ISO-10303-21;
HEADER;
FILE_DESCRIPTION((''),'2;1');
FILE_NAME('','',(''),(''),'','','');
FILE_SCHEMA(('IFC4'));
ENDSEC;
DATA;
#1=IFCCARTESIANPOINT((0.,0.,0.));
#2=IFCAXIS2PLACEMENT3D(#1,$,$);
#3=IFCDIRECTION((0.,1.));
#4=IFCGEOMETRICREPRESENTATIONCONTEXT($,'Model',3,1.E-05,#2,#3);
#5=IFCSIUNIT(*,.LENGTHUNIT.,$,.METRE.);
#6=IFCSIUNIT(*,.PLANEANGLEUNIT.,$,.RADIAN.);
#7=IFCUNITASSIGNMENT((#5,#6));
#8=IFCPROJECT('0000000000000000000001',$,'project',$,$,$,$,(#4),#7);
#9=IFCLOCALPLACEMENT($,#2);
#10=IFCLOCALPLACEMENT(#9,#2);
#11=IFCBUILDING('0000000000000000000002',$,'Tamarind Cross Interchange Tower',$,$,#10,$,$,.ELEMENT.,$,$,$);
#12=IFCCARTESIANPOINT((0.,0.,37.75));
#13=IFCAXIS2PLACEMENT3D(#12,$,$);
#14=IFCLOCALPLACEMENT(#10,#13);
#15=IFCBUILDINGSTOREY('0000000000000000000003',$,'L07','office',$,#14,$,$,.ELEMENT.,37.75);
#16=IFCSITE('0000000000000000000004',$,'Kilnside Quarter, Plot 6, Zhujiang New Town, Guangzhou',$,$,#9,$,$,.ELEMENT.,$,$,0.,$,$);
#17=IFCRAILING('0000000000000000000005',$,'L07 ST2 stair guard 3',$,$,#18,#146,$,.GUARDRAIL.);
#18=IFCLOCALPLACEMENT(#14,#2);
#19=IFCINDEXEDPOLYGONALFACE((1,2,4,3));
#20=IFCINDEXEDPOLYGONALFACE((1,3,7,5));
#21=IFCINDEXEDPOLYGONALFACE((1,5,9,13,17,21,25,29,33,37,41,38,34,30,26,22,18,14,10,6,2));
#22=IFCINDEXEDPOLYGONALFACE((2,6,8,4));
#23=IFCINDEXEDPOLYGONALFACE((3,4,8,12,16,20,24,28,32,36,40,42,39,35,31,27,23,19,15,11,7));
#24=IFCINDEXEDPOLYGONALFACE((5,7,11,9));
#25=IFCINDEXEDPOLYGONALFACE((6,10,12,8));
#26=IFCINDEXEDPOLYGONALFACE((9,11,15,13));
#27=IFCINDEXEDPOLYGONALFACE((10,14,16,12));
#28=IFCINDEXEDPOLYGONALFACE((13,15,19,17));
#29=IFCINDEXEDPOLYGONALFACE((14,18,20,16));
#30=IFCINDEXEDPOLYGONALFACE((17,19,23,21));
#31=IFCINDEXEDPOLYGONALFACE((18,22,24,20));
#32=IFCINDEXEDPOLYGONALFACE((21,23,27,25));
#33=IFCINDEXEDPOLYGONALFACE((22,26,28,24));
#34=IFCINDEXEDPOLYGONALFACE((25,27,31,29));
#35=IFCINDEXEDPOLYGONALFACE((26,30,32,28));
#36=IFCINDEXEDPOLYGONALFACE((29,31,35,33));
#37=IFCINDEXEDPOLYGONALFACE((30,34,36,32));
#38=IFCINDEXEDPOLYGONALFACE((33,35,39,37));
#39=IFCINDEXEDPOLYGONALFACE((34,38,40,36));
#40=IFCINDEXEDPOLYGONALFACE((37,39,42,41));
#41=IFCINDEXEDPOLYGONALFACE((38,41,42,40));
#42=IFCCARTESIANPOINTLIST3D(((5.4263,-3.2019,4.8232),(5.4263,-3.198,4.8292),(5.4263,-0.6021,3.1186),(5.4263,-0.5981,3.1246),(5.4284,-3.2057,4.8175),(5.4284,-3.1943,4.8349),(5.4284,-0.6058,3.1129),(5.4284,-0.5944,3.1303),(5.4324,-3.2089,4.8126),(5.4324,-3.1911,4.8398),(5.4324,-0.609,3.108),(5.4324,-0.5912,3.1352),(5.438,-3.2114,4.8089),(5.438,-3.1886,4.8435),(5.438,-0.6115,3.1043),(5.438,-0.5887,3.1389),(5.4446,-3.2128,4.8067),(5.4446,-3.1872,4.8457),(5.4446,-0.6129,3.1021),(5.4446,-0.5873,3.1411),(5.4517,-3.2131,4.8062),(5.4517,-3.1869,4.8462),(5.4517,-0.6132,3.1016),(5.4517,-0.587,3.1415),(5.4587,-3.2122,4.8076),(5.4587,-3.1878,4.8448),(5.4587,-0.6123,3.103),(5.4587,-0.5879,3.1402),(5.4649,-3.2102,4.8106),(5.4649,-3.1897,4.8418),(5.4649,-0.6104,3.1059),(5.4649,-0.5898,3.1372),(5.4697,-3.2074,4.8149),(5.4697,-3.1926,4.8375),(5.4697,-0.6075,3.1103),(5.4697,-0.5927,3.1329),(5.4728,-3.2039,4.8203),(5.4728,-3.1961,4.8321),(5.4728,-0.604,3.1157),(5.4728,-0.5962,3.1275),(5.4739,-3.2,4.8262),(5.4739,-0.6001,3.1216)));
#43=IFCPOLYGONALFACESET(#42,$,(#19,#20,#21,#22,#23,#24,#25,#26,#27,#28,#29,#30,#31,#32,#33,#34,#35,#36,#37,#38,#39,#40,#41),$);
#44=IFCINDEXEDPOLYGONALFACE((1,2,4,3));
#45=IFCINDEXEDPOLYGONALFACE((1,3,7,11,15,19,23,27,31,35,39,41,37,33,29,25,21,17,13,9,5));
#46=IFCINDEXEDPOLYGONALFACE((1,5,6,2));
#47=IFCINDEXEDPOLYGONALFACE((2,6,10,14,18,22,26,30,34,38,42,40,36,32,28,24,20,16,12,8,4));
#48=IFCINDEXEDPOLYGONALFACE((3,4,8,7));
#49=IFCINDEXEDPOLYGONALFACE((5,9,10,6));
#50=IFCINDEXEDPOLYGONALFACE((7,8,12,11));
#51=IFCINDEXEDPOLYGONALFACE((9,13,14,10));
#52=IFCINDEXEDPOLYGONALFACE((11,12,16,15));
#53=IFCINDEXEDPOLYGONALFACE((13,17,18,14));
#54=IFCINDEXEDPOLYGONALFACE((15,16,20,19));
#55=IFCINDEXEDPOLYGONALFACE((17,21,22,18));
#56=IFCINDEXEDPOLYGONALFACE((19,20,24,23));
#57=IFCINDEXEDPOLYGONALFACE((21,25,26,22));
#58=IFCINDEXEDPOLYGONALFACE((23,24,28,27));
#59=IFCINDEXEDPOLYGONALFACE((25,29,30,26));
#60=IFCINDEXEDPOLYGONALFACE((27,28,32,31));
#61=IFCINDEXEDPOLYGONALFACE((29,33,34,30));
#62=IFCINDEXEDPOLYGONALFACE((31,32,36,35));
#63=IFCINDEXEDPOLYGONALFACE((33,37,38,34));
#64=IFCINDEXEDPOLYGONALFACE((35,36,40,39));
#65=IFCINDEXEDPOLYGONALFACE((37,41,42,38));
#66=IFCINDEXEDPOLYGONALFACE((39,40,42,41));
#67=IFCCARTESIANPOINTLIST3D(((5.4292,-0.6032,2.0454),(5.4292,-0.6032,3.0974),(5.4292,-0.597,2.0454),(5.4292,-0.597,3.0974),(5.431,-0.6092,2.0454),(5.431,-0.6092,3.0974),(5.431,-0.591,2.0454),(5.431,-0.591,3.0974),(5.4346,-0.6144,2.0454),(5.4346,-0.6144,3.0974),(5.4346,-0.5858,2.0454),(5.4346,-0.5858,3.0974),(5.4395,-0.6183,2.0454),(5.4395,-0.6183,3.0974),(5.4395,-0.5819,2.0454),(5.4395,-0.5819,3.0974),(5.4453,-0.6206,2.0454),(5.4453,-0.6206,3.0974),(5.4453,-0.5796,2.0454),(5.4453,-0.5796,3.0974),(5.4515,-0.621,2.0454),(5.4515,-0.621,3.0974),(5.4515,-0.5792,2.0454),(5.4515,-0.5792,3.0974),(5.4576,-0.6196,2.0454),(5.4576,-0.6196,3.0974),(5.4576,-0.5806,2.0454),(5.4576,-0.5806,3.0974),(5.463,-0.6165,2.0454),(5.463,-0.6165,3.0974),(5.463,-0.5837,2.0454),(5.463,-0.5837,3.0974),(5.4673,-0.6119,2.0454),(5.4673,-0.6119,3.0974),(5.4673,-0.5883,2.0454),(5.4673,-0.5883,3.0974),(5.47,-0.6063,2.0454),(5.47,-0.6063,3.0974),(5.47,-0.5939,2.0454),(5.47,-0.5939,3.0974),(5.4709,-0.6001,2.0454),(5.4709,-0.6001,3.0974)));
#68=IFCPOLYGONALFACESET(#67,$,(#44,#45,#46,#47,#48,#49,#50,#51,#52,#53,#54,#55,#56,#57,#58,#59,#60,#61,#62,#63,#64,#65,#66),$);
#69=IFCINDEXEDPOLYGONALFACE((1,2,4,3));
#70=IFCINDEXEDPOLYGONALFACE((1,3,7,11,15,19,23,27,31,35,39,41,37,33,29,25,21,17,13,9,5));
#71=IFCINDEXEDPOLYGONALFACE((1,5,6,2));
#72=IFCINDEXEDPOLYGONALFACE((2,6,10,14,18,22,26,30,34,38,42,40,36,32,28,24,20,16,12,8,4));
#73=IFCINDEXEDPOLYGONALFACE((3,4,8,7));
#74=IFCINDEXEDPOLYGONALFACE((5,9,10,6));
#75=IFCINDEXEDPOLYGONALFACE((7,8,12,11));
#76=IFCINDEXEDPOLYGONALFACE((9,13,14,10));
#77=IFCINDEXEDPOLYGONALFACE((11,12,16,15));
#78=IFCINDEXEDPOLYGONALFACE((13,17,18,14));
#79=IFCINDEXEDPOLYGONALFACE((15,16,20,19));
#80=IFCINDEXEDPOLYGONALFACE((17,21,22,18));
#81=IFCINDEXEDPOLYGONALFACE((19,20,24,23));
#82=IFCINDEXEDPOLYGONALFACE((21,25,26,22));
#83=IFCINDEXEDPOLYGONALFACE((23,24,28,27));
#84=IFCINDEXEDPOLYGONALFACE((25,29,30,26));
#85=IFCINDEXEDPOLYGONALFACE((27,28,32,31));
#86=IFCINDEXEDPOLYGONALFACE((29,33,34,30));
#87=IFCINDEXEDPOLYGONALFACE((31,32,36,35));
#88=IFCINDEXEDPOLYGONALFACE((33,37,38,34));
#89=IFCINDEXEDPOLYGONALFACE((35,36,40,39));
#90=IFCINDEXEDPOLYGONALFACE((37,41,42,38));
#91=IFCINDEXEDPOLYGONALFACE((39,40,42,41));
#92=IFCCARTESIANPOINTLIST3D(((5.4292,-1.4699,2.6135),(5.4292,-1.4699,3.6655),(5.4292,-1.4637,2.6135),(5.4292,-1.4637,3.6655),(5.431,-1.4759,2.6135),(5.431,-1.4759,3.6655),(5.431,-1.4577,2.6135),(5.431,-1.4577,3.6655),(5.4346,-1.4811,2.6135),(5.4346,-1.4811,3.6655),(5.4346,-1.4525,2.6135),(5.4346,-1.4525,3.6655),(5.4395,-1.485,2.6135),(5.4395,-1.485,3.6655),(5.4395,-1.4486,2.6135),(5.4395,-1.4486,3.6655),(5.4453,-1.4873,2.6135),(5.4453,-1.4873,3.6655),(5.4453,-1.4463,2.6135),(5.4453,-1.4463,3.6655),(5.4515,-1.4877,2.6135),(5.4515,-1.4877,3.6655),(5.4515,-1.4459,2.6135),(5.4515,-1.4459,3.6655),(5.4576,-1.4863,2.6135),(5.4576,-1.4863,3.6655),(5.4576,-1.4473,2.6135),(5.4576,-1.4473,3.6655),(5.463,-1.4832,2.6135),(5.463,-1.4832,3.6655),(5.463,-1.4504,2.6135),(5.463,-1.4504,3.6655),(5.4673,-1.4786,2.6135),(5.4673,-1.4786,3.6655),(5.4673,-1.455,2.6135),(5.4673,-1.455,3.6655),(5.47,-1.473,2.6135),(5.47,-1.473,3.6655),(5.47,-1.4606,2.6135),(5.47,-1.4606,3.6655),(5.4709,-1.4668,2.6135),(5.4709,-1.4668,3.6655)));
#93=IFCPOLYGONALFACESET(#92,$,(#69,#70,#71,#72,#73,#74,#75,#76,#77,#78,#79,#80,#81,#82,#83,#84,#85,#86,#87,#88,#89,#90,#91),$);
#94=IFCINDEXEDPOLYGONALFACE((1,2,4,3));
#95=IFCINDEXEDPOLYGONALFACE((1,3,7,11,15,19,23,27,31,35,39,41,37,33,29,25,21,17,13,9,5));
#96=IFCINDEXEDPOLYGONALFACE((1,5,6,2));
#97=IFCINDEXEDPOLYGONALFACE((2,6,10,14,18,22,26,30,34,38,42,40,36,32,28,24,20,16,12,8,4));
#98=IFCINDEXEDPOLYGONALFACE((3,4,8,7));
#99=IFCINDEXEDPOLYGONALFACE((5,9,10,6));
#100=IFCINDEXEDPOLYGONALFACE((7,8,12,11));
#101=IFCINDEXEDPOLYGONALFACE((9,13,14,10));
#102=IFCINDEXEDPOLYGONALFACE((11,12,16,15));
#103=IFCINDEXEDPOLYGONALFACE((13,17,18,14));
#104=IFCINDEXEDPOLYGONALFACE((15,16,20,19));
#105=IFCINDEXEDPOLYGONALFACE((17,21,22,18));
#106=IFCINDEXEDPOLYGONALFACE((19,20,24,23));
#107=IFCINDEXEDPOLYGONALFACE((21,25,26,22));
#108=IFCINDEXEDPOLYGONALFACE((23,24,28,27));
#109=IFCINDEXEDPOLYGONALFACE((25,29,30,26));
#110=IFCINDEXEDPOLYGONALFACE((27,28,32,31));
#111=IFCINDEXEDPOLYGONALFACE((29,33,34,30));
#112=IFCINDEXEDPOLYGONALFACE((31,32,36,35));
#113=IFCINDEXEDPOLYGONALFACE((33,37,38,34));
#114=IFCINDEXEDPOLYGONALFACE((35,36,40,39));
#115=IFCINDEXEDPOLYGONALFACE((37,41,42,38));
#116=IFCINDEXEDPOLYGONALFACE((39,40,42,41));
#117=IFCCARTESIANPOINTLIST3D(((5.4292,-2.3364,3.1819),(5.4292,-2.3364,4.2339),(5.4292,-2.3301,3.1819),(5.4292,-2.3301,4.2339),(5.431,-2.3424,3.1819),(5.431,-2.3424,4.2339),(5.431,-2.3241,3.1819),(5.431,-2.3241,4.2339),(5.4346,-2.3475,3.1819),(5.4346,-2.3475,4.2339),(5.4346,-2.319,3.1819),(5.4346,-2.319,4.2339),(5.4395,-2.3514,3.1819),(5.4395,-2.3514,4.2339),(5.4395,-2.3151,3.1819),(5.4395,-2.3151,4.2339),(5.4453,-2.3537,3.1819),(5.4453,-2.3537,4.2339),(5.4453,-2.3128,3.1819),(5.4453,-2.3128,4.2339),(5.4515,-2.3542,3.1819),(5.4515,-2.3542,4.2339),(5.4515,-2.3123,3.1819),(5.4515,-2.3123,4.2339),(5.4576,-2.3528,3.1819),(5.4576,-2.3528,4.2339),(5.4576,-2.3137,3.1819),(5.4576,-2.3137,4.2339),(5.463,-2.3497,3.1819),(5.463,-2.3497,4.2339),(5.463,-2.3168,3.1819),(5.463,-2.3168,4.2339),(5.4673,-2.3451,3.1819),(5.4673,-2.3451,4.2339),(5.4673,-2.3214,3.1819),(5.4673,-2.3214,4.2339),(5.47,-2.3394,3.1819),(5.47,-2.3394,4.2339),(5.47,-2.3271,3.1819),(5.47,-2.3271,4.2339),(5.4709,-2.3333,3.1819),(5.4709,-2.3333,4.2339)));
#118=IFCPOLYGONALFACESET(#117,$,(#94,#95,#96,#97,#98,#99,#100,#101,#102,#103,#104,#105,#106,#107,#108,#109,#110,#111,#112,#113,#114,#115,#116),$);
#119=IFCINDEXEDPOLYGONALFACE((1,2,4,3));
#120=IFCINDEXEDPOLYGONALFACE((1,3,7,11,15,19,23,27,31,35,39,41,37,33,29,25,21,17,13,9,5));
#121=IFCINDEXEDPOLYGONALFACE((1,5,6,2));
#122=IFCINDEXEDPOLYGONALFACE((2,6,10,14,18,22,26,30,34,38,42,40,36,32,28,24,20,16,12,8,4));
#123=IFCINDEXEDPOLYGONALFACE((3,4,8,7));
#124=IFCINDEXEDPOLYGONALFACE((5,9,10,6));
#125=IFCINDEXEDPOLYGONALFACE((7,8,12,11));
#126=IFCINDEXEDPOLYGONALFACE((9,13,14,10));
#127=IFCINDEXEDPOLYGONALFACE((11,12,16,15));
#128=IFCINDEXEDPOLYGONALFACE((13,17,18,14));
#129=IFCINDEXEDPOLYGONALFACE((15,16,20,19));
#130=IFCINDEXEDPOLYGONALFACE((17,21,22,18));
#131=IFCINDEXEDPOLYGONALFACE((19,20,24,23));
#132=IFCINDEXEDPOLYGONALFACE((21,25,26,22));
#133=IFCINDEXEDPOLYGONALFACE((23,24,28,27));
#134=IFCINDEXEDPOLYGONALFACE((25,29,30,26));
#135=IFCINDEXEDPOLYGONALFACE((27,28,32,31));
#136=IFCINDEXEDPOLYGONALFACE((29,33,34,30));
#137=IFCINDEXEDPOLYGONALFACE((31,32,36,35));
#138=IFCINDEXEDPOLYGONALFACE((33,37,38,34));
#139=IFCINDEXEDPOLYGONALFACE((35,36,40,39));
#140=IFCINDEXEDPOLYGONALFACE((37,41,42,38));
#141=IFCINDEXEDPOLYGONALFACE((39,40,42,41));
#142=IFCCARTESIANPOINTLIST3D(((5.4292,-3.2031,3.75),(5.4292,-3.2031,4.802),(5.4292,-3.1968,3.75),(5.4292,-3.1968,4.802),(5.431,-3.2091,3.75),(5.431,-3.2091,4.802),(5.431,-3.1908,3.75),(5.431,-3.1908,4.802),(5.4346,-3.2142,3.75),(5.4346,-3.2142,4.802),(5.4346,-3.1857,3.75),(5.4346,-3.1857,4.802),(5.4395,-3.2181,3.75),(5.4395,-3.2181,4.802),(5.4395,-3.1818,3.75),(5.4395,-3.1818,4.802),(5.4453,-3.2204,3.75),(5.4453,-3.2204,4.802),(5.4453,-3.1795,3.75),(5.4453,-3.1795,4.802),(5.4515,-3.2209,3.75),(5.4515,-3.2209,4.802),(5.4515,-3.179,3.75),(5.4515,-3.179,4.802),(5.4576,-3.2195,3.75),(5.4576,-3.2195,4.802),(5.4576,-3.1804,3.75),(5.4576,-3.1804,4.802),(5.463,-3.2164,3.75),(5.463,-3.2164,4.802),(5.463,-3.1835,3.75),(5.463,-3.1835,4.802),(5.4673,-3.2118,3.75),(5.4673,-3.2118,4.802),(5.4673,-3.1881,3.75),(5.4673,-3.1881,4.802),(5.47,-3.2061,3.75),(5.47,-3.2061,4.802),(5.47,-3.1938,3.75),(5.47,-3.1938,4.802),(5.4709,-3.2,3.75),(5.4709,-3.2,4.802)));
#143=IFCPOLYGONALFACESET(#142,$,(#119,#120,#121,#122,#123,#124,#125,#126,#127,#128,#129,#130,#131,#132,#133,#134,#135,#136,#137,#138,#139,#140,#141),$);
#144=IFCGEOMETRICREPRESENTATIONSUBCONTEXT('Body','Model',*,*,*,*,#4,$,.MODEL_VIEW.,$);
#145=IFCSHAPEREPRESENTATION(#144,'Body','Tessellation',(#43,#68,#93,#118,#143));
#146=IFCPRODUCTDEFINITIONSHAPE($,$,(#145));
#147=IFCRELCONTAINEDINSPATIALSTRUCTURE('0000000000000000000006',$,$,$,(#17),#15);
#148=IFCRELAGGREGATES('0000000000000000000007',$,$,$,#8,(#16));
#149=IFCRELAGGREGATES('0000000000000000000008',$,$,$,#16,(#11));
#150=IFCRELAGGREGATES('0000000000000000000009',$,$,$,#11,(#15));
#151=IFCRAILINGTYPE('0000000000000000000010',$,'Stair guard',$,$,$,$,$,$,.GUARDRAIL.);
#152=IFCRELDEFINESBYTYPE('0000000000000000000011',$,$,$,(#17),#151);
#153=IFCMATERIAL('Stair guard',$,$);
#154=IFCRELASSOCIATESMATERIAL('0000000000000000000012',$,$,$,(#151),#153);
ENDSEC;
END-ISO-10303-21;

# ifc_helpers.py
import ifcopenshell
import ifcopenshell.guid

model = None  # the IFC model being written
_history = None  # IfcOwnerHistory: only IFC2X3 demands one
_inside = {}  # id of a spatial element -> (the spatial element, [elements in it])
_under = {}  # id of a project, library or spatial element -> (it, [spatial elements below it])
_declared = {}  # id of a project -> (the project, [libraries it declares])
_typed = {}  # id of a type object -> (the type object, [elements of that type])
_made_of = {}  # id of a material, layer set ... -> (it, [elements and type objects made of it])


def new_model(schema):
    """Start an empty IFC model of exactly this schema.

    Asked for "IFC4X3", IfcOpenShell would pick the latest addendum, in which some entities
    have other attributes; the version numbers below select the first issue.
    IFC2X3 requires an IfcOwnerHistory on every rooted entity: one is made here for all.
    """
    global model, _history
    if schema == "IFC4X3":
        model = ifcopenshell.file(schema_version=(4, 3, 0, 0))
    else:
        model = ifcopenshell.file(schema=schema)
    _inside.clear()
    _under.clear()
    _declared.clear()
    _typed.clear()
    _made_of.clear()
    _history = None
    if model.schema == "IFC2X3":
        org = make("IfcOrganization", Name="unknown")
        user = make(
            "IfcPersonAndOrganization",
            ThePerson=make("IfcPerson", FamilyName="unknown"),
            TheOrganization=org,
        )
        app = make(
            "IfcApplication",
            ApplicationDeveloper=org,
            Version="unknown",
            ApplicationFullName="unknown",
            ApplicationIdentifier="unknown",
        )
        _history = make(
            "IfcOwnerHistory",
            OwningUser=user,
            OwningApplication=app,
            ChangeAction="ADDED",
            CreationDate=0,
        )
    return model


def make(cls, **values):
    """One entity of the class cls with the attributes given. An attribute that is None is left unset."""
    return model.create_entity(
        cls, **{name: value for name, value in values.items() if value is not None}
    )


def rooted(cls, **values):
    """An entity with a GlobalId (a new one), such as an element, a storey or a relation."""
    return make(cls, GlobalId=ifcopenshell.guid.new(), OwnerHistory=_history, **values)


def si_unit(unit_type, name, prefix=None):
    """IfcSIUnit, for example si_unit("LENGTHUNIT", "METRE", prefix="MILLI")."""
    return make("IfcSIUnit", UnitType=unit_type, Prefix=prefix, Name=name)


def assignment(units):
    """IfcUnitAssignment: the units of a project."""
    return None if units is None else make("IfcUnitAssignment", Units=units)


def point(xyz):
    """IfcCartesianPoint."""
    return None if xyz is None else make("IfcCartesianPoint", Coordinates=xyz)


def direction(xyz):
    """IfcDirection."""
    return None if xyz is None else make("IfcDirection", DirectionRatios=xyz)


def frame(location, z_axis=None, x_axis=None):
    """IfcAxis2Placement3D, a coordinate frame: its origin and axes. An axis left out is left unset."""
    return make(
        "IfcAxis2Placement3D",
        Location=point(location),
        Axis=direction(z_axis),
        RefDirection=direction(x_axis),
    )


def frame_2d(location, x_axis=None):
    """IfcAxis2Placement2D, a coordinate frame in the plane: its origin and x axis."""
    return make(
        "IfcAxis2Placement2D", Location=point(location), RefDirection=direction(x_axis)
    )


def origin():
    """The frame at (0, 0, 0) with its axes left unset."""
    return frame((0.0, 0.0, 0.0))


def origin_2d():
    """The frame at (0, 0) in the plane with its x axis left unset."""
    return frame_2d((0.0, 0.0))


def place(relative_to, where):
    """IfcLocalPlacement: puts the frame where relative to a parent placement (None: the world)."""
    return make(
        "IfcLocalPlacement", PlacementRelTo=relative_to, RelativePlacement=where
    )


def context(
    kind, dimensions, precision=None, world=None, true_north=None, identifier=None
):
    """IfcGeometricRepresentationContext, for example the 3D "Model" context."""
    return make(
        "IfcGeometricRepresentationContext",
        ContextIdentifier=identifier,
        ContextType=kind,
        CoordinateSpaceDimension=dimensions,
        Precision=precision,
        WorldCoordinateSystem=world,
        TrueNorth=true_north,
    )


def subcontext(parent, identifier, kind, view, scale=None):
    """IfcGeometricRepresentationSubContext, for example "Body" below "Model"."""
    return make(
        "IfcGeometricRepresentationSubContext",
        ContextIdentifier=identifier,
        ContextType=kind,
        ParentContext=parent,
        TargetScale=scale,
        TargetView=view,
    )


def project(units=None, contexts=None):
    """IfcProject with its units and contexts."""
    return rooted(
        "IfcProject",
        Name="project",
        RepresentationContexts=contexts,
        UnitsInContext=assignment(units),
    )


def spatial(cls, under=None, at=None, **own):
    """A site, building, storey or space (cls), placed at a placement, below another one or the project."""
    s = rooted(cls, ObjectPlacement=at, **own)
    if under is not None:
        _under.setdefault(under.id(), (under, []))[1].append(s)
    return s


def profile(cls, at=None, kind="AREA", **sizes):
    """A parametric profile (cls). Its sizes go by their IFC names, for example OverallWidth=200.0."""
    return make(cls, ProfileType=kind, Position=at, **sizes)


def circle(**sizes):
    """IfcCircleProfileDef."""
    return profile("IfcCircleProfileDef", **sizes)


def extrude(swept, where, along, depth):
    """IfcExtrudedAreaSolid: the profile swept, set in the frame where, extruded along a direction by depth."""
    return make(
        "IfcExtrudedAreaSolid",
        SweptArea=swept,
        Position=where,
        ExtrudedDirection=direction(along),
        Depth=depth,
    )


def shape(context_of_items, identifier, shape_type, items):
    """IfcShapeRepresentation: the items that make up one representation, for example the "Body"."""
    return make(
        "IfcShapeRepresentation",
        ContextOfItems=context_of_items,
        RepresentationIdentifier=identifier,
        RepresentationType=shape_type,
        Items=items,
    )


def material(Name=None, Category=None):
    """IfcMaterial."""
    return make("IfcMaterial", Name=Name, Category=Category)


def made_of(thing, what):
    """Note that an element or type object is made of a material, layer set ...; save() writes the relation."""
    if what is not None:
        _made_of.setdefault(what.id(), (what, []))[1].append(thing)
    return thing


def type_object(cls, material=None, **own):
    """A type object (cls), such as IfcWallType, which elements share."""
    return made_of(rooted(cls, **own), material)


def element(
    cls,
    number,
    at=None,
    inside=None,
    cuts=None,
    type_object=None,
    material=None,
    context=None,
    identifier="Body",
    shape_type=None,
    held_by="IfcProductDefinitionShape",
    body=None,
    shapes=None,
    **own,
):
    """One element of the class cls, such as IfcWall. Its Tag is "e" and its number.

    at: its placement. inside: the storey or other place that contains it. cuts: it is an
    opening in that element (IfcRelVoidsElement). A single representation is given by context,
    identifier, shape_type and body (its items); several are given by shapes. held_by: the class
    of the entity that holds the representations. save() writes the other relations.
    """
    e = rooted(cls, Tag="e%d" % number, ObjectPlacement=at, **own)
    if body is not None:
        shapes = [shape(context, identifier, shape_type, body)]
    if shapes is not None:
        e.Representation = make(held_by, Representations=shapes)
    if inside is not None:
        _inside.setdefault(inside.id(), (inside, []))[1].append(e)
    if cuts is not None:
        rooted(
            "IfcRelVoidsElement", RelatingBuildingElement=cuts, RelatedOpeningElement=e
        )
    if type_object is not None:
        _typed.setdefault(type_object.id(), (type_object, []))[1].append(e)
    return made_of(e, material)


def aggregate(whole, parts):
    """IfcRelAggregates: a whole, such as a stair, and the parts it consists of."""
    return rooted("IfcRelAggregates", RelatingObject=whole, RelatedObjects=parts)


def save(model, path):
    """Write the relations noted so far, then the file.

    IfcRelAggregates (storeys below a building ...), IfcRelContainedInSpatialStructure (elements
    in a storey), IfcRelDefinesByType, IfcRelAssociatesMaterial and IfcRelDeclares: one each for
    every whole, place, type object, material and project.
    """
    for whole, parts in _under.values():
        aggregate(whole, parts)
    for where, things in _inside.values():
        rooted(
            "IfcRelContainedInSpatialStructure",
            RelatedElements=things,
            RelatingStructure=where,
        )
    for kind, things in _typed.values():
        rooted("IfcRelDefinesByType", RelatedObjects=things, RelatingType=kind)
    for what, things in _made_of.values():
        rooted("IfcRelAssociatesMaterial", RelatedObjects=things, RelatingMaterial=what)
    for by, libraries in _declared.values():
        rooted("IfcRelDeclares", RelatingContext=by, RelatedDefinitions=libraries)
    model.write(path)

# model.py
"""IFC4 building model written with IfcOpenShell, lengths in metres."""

from ifc_helpers import new_model, si_unit, direction, frame, origin, origin_2d, place, context, subcontext, project, spatial, circle, extrude, material, type_object, element, save


model = new_model("IFC4")

# Units and contexts
model_context = context("Model", 3, precision=1e-05, world=origin(), true_north=direction((0.0, 1.0)))
body_context = subcontext(model_context, "Body", "Model", "MODEL_VIEW")
ifc_project = project(units=[si_unit("LENGTHUNIT", "METRE"), si_unit("PLANEANGLEUNIT", "RADIAN")], contexts=[model_context])

# Site, building, storey
site_placement = place(None, origin())
site = spatial("IfcSite", under=ifc_project, at=site_placement, Name="Kilnside Quarter, Plot 6, Zhujiang New Town, Guangzhou", CompositionType="ELEMENT", RefElevation=0.0)
building_placement = place(site_placement, origin())
building = spatial("IfcBuilding", under=site, at=building_placement, Name="Tamarind Cross Interchange Tower", CompositionType="ELEMENT")
storey_placement = place(building_placement, frame((0.0, 0.0, 37.75)))
storey = spatial("IfcBuildingStorey", under=building, at=storey_placement, Name="L07", Description="office", CompositionType="ELEMENT", Elevation=37.75)

# Railing
ifc_material_1 = material(Name="Stair guard")
railing_type_1 = type_object("IfcRailingType", Name="Stair guard", PredefinedType="GUARDRAIL", material=ifc_material_1)
railing_1_placement = place(storey_placement, frame((5.45, -0.6001, 2.0454)))
element("IfcRailing", 1, at=railing_1_placement, inside=storey, type_object=railing_type_1, Name="L07 ST2 stair guard 3", PredefinedType="GUARDRAIL", context=body_context, shape_type="SweptSolid", body=[
    extrude(circle(Radius=0.0239, at=origin_2d()), frame((0.0, 0.0, 1.0762), z_axis=(0.0, -0.836279, 0.548305), x_axis=(1.0, 0.0, 0.0)), (0.0, 0.0, 1.0), 3.1089),
    extrude(circle(Radius=0.021, at=origin_2d()), origin(), (0.0, 0.0, 1.0), 1.052),
    extrude(circle(Radius=0.021, at=origin_2d()), frame((0.0, -0.8667, 0.5681)), (0.0, 0.0, 1.0), 1.052),
    extrude(circle(Radius=0.021, at=origin_2d()), frame((0.0, -1.7332, 1.1365)), (0.0, 0.0, 1.0), 1.052),
    extrude(circle(Radius=0.021, at=origin_2d()), frame((0.0, -2.5999, 1.7046)), (0.0, 0.0, 1.0), 1.052),
])

save(model, "model.ifc")
